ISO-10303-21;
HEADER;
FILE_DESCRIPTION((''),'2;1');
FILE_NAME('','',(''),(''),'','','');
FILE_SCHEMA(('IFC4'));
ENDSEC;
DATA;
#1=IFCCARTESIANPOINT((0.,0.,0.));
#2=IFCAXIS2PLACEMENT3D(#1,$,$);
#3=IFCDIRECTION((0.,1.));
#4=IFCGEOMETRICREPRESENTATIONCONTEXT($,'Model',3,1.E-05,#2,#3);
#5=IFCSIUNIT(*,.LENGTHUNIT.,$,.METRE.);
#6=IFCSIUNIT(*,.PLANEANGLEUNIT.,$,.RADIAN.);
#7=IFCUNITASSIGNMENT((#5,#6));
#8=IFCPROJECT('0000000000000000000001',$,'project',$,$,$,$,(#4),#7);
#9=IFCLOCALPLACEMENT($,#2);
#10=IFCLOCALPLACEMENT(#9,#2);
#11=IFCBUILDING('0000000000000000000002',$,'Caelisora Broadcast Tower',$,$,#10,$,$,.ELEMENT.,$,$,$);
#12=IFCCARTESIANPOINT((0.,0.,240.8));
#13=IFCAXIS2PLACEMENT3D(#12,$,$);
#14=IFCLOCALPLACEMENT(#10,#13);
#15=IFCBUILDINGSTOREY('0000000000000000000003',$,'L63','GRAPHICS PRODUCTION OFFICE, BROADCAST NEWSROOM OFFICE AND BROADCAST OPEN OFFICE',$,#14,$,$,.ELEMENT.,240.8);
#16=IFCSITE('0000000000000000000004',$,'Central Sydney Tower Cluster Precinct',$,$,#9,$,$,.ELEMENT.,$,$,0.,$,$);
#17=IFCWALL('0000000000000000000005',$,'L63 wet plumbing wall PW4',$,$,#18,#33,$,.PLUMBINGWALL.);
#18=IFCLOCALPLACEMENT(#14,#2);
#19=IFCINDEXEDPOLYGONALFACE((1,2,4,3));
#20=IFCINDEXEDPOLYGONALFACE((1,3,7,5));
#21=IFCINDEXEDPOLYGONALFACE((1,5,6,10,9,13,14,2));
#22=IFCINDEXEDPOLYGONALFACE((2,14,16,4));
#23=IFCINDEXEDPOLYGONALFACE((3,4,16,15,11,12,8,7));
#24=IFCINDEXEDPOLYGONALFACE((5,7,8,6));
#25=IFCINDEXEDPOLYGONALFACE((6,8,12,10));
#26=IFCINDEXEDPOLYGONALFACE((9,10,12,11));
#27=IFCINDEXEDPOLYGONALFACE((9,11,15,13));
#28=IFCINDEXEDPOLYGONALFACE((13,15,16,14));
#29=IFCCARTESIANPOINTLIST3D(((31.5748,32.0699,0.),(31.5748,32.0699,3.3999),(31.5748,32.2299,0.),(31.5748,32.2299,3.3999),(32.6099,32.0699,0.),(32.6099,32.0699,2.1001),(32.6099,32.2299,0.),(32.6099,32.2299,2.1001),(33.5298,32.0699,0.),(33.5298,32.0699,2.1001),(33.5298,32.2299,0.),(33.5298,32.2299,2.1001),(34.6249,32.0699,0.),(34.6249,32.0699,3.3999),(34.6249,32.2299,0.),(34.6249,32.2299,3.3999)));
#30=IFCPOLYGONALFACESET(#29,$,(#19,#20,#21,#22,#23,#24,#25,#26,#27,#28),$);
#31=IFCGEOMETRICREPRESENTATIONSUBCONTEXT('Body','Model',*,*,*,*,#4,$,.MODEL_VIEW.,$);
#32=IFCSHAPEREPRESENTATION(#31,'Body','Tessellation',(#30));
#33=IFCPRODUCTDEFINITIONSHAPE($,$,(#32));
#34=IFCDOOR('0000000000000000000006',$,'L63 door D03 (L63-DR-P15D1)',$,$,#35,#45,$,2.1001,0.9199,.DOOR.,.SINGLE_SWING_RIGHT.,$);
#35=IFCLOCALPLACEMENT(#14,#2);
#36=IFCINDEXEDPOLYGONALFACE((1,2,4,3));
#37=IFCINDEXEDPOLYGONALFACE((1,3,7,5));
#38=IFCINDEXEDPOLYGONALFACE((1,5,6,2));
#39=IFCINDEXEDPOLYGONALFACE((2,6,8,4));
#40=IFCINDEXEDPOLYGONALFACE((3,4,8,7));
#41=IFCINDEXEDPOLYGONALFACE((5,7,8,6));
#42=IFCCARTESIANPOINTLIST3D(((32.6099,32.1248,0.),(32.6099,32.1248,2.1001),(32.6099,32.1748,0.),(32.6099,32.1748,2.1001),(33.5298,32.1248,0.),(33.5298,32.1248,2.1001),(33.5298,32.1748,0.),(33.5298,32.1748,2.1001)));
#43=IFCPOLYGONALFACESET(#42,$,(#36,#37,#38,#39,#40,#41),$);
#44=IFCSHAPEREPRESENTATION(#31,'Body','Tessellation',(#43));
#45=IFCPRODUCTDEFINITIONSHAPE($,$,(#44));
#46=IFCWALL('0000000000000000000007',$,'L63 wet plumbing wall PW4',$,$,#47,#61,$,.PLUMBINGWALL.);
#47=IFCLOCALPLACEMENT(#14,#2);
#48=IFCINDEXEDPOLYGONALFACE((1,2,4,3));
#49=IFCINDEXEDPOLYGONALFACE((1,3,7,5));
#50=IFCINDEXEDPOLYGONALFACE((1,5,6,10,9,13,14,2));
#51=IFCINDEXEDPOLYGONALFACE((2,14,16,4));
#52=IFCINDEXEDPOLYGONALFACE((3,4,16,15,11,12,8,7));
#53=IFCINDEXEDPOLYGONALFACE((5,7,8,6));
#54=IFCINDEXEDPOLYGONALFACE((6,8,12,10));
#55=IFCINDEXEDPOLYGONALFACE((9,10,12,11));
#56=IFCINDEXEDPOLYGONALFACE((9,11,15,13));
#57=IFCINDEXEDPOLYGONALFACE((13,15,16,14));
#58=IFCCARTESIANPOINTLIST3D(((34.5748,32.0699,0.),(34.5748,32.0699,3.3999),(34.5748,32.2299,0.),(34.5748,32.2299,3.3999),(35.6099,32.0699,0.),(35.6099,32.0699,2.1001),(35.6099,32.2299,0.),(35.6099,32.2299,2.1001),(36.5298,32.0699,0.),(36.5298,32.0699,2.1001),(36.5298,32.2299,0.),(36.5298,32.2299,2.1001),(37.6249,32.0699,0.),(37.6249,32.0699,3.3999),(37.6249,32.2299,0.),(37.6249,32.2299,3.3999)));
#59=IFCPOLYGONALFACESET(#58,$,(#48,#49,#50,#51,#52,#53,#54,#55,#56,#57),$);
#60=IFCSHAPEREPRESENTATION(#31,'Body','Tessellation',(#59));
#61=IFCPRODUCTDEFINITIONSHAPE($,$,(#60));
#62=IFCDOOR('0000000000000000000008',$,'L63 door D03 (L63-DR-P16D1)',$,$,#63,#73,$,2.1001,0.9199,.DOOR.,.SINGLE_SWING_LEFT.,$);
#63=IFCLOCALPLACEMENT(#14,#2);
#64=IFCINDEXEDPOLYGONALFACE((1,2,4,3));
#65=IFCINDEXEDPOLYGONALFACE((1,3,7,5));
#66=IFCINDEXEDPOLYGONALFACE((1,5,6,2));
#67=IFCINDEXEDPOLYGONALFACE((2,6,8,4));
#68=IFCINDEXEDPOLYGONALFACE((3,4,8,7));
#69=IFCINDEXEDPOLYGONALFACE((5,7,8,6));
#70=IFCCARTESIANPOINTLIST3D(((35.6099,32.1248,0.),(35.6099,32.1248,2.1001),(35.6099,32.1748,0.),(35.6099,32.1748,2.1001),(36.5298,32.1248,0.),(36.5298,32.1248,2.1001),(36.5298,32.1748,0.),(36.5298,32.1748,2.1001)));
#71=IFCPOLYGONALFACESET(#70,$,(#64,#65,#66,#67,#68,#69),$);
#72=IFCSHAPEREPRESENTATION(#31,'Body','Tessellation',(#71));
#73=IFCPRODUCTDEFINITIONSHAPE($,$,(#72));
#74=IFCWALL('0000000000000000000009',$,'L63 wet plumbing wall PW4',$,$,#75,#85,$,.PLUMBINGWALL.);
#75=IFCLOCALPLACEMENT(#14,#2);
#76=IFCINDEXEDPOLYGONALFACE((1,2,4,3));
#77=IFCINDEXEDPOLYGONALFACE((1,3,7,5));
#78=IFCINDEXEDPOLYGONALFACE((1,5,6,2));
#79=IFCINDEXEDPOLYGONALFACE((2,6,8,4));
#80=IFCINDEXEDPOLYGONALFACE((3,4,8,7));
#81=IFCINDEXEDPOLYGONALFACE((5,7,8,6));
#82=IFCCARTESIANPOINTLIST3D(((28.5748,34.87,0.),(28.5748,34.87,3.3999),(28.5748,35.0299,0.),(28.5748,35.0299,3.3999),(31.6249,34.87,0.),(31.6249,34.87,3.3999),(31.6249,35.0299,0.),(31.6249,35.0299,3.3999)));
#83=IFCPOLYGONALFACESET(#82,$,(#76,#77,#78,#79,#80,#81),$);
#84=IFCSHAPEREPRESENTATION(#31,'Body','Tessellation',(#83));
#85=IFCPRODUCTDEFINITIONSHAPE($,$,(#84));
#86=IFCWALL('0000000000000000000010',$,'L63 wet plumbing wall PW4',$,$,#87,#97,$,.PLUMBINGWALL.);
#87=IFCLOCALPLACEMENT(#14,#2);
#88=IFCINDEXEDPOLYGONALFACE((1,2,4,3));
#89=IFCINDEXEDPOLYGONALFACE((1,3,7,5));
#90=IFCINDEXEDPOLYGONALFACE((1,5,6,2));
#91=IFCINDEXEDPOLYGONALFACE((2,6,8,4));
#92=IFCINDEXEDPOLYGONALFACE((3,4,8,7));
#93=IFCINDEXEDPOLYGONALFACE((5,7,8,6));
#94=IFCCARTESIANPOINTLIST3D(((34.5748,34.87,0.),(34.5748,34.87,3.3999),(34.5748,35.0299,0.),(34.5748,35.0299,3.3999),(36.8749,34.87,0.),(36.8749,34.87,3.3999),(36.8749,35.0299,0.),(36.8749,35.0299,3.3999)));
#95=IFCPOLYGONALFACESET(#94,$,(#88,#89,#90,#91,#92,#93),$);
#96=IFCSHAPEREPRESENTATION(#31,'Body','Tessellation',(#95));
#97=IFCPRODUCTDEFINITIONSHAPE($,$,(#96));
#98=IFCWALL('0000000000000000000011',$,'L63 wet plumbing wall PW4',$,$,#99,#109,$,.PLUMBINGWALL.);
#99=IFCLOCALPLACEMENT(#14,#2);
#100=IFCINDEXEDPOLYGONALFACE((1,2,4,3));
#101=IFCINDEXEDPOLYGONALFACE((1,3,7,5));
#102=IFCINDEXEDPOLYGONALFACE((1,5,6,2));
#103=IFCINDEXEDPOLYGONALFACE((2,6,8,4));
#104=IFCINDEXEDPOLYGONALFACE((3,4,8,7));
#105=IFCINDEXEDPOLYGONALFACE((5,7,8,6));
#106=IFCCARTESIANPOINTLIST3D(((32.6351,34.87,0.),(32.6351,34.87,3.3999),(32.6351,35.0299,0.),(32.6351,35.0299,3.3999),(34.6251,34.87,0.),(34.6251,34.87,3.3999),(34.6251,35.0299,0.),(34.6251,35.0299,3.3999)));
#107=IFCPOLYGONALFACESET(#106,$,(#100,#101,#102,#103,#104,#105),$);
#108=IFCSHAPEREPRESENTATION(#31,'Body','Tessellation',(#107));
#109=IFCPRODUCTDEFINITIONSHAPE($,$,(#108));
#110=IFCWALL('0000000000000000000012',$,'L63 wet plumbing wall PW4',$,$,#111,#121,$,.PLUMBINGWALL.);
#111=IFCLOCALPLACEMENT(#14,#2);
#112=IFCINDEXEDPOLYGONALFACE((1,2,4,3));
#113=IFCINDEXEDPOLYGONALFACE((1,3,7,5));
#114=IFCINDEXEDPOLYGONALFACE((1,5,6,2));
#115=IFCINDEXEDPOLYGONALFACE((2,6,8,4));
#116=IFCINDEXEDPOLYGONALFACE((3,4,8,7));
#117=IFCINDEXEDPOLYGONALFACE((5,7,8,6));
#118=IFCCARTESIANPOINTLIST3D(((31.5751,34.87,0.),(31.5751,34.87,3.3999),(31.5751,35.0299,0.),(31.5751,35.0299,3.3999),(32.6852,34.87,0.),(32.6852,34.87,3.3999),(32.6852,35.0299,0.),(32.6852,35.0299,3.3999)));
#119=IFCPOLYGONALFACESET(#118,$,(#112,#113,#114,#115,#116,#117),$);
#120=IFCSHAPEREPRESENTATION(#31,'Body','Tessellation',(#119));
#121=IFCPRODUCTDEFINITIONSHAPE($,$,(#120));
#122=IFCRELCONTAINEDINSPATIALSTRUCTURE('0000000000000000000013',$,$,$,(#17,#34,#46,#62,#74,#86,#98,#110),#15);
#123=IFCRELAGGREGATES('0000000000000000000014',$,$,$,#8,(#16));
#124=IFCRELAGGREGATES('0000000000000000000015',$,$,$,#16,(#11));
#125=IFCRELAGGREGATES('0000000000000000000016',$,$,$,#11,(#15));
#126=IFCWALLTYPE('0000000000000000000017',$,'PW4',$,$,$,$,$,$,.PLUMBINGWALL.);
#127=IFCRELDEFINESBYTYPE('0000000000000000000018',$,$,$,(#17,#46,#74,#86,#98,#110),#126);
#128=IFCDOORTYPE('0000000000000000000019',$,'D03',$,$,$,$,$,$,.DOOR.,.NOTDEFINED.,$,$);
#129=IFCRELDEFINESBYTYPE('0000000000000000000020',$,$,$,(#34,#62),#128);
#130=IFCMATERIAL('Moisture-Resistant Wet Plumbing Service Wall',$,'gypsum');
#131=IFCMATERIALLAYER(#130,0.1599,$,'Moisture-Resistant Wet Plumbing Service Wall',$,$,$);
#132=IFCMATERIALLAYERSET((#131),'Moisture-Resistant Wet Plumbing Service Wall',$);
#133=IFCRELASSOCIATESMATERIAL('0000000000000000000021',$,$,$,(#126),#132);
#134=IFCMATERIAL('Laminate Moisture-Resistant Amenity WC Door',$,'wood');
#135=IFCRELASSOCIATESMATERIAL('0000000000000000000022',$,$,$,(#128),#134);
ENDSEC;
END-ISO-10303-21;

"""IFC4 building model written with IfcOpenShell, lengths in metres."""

from ifc_helpers import new_model, si_unit, direction, frame, frame_2d, origin, place, context, subcontext, project, spatial, rectangle, extrude, material, layer, layer_set, type_object, element, fill, save


model = new_model("IFC4")

# Units and contexts
model_context = context("Model", 3, precision=1e-05, world=origin(), true_north=direction((0.0, 1.0)))
body_context = subcontext(model_context, "Body", "Model", "MODEL_VIEW")
ifc_project = project(units=[si_unit("LENGTHUNIT", "METRE"), si_unit("PLANEANGLEUNIT", "RADIAN")], contexts=[model_context])

# Site, building, storey
site_placement = place(None, origin())
site = spatial("IfcSite", under=ifc_project, at=site_placement, Name="Central Sydney Tower Cluster Precinct", CompositionType="ELEMENT", RefElevation=0.0)
building_placement = place(site_placement, origin())
building = spatial("IfcBuilding", under=site, at=building_placement, Name="Caelisora Broadcast Tower", CompositionType="ELEMENT")
storey_placement = place(building_placement, frame((0.0, 0.0, 240.8)))
storey = spatial("IfcBuildingStorey", under=building, at=storey_placement, Name="L63", Description="GRAPHICS PRODUCTION OFFICE, BROADCAST NEWSROOM OFFICE AND BROADCAST OPEN OFFICE", CompositionType="ELEMENT", Elevation=240.8)

# Walls, openings, doors
ifc_material_1 = material(Name="Moisture-Resistant Wet Plumbing Service Wall", Category="gypsum")
ifc_layer_1 = layer(ifc_material_1, 0.1599, Name="Moisture-Resistant Wet Plumbing Service Wall")
ifc_layer_set_1 = layer_set([ifc_layer_1], Name="Moisture-Resistant Wet Plumbing Service Wall")
wall_type_1 = type_object("IfcWallType", Name="PW4", PredefinedType="PLUMBINGWALL", material=ifc_layer_set_1)
ifc_material_2 = material(Name="Laminate Moisture-Resistant Amenity WC Door", Category="wood")
door_type_1 = type_object("IfcDoorType", Name="D03", OperationType="NOTDEFINED", PredefinedType="DOOR", material=ifc_material_2)
wall_1_placement = place(storey_placement, frame((31.575, 32.1499, 0.0), z_axis=(0.0, 0.0, 1.0), x_axis=(1.0, 0.0, 0.0)))
wall_1 = element("IfcWall", 1, at=wall_1_placement, inside=storey, type_object=wall_type_1, Name="L63 wet plumbing wall PW4", PredefinedType="PLUMBINGWALL", context=body_context, shape_type="SweptSolid", body=[
    extrude(rectangle(XDim=3.05, YDim=0.1599, at=frame_2d((1.5249, 0.0))), origin(), (0.0, 0.0, 1.0), 3.3999),
])
opening_1_placement = place(wall_1_placement, frame((1.0349, 0.0, 0.0)))
opening_1 = element("IfcOpeningElement", 2, at=opening_1_placement, cuts=wall_1, PredefinedType="OPENING", context=body_context, shape_type="SweptSolid", body=[
    extrude(rectangle(XDim=0.9199, YDim=2.1001, at=frame_2d((0.46, 1.05))), frame((0.0, 0.092, 0.0), z_axis=(0.0, -1.0, 0.0), x_axis=(1.0, 0.0, 0.0)), (0.0, 0.0, 1.0), 0.1838),
])
door_1_placement = place(opening_1_placement, origin())
door_1 = element("IfcDoor", 3, at=door_1_placement, inside=storey, type_object=door_type_1, Name="L63 door D03 (L63-DR-P15D1)", OperationType="SINGLE_SWING_RIGHT", OverallHeight=2.1001, OverallWidth=0.9199, PredefinedType="DOOR", context=body_context, shape_type="SweptSolid", body=[
    extrude(rectangle(XDim=0.9199, YDim=2.1001, at=frame_2d((0.46, 1.05))), frame((0.0, 0.0249, 0.0), z_axis=(0.0, -1.0, 0.0), x_axis=(1.0, 0.0, 0.0)), (0.0, 0.0, 1.0), 0.05),
])
fill(opening_1, door_1)
wall_2_placement = place(storey_placement, frame((34.575, 32.1499, 0.0), z_axis=(0.0, 0.0, 1.0), x_axis=(1.0, 0.0, 0.0)))
wall_2 = element("IfcWall", 4, at=wall_2_placement, inside=storey, type_object=wall_type_1, Name="L63 wet plumbing wall PW4", PredefinedType="PLUMBINGWALL", context=body_context, shape_type="SweptSolid", body=[
    extrude(rectangle(XDim=3.05, YDim=0.1599, at=frame_2d((1.5249, 0.0))), origin(), (0.0, 0.0, 1.0), 3.3999),
])
opening_2_placement = place(wall_2_placement, frame((1.0349, 0.0, 0.0)))
opening_2 = element("IfcOpeningElement", 5, at=opening_2_placement, cuts=wall_2, PredefinedType="OPENING", context=body_context, shape_type="SweptSolid", body=[
    extrude(rectangle(XDim=0.9199, YDim=2.1001, at=frame_2d((0.46, 1.05))), frame((0.0, 0.092, 0.0), z_axis=(0.0, -1.0, 0.0), x_axis=(1.0, 0.0, 0.0)), (0.0, 0.0, 1.0), 0.1838),
])
door_2_placement = place(opening_2_placement, origin())
door_2 = element("IfcDoor", 6, at=door_2_placement, inside=storey, type_object=door_type_1, Name="L63 door D03 (L63-DR-P16D1)", OperationType="SINGLE_SWING_LEFT", OverallHeight=2.1001, OverallWidth=0.9199, PredefinedType="DOOR", context=body_context, shape_type="SweptSolid", body=[
    extrude(rectangle(XDim=0.9199, YDim=2.1001, at=frame_2d((0.46, 1.05))), frame((0.0, 0.0249, 0.0), z_axis=(0.0, -1.0, 0.0), x_axis=(1.0, 0.0, 0.0)), (0.0, 0.0, 1.0), 0.05),
])
fill(opening_2, door_2)

# Walls
wall_3_placement = place(storey_placement, frame((28.575, 34.95, 0.0), z_axis=(0.0, 0.0, 1.0), x_axis=(1.0, 0.0, 0.0)))
element("IfcWall", 7, at=wall_3_placement, inside=storey, type_object=wall_type_1, Name="L63 wet plumbing wall PW4", PredefinedType="PLUMBINGWALL", context=body_context, shape_type="SweptSolid", body=[
    extrude(rectangle(XDim=3.05, YDim=0.1599, at=frame_2d((1.5249, 0.0))), origin(), (0.0, 0.0, 1.0), 3.3999),
])
wall_4_placement = place(storey_placement, frame((34.575, 34.95, 0.0), z_axis=(0.0, 0.0, 1.0), x_axis=(1.0, 0.0, 0.0)))
element("IfcWall", 8, at=wall_4_placement, inside=storey, type_object=wall_type_1, Name="L63 wet plumbing wall PW4", PredefinedType="PLUMBINGWALL", context=body_context, shape_type="SweptSolid", body=[
    extrude(rectangle(XDim=2.3, YDim=0.1599, at=frame_2d((1.1499, 0.0))), origin(), (0.0, 0.0, 1.0), 3.3999),
])
wall_5_placement = place(storey_placement, frame((32.635, 34.95, 0.0), z_axis=(0.0, 0.0, 1.0), x_axis=(1.0, 0.0, 0.0)))
element("IfcWall", 9, at=wall_5_placement, inside=storey, type_object=wall_type_1, Name="L63 wet plumbing wall PW4", PredefinedType="PLUMBINGWALL", context=body_context, shape_type="SweptSolid", body=[
    extrude(rectangle(XDim=1.99, YDim=0.1599, at=frame_2d((0.9951, 0.0))), origin(), (0.0, 0.0, 1.0), 3.3999),
])
wall_6_placement = place(storey_placement, frame((31.575, 34.95, 0.0), z_axis=(0.0, 0.0, 1.0), x_axis=(1.0, 0.0, 0.0)))
element("IfcWall", 10, at=wall_6_placement, inside=storey, type_object=wall_type_1, Name="L63 wet plumbing wall PW4", PredefinedType="PLUMBINGWALL", context=body_context, shape_type="SweptSolid", body=[
    extrude(rectangle(XDim=1.1101, YDim=0.1599, at=frame_2d((0.5552, 0.0))), origin(), (0.0, 0.0, 1.0), 3.3999),
])

save(model, "model.ifc")
